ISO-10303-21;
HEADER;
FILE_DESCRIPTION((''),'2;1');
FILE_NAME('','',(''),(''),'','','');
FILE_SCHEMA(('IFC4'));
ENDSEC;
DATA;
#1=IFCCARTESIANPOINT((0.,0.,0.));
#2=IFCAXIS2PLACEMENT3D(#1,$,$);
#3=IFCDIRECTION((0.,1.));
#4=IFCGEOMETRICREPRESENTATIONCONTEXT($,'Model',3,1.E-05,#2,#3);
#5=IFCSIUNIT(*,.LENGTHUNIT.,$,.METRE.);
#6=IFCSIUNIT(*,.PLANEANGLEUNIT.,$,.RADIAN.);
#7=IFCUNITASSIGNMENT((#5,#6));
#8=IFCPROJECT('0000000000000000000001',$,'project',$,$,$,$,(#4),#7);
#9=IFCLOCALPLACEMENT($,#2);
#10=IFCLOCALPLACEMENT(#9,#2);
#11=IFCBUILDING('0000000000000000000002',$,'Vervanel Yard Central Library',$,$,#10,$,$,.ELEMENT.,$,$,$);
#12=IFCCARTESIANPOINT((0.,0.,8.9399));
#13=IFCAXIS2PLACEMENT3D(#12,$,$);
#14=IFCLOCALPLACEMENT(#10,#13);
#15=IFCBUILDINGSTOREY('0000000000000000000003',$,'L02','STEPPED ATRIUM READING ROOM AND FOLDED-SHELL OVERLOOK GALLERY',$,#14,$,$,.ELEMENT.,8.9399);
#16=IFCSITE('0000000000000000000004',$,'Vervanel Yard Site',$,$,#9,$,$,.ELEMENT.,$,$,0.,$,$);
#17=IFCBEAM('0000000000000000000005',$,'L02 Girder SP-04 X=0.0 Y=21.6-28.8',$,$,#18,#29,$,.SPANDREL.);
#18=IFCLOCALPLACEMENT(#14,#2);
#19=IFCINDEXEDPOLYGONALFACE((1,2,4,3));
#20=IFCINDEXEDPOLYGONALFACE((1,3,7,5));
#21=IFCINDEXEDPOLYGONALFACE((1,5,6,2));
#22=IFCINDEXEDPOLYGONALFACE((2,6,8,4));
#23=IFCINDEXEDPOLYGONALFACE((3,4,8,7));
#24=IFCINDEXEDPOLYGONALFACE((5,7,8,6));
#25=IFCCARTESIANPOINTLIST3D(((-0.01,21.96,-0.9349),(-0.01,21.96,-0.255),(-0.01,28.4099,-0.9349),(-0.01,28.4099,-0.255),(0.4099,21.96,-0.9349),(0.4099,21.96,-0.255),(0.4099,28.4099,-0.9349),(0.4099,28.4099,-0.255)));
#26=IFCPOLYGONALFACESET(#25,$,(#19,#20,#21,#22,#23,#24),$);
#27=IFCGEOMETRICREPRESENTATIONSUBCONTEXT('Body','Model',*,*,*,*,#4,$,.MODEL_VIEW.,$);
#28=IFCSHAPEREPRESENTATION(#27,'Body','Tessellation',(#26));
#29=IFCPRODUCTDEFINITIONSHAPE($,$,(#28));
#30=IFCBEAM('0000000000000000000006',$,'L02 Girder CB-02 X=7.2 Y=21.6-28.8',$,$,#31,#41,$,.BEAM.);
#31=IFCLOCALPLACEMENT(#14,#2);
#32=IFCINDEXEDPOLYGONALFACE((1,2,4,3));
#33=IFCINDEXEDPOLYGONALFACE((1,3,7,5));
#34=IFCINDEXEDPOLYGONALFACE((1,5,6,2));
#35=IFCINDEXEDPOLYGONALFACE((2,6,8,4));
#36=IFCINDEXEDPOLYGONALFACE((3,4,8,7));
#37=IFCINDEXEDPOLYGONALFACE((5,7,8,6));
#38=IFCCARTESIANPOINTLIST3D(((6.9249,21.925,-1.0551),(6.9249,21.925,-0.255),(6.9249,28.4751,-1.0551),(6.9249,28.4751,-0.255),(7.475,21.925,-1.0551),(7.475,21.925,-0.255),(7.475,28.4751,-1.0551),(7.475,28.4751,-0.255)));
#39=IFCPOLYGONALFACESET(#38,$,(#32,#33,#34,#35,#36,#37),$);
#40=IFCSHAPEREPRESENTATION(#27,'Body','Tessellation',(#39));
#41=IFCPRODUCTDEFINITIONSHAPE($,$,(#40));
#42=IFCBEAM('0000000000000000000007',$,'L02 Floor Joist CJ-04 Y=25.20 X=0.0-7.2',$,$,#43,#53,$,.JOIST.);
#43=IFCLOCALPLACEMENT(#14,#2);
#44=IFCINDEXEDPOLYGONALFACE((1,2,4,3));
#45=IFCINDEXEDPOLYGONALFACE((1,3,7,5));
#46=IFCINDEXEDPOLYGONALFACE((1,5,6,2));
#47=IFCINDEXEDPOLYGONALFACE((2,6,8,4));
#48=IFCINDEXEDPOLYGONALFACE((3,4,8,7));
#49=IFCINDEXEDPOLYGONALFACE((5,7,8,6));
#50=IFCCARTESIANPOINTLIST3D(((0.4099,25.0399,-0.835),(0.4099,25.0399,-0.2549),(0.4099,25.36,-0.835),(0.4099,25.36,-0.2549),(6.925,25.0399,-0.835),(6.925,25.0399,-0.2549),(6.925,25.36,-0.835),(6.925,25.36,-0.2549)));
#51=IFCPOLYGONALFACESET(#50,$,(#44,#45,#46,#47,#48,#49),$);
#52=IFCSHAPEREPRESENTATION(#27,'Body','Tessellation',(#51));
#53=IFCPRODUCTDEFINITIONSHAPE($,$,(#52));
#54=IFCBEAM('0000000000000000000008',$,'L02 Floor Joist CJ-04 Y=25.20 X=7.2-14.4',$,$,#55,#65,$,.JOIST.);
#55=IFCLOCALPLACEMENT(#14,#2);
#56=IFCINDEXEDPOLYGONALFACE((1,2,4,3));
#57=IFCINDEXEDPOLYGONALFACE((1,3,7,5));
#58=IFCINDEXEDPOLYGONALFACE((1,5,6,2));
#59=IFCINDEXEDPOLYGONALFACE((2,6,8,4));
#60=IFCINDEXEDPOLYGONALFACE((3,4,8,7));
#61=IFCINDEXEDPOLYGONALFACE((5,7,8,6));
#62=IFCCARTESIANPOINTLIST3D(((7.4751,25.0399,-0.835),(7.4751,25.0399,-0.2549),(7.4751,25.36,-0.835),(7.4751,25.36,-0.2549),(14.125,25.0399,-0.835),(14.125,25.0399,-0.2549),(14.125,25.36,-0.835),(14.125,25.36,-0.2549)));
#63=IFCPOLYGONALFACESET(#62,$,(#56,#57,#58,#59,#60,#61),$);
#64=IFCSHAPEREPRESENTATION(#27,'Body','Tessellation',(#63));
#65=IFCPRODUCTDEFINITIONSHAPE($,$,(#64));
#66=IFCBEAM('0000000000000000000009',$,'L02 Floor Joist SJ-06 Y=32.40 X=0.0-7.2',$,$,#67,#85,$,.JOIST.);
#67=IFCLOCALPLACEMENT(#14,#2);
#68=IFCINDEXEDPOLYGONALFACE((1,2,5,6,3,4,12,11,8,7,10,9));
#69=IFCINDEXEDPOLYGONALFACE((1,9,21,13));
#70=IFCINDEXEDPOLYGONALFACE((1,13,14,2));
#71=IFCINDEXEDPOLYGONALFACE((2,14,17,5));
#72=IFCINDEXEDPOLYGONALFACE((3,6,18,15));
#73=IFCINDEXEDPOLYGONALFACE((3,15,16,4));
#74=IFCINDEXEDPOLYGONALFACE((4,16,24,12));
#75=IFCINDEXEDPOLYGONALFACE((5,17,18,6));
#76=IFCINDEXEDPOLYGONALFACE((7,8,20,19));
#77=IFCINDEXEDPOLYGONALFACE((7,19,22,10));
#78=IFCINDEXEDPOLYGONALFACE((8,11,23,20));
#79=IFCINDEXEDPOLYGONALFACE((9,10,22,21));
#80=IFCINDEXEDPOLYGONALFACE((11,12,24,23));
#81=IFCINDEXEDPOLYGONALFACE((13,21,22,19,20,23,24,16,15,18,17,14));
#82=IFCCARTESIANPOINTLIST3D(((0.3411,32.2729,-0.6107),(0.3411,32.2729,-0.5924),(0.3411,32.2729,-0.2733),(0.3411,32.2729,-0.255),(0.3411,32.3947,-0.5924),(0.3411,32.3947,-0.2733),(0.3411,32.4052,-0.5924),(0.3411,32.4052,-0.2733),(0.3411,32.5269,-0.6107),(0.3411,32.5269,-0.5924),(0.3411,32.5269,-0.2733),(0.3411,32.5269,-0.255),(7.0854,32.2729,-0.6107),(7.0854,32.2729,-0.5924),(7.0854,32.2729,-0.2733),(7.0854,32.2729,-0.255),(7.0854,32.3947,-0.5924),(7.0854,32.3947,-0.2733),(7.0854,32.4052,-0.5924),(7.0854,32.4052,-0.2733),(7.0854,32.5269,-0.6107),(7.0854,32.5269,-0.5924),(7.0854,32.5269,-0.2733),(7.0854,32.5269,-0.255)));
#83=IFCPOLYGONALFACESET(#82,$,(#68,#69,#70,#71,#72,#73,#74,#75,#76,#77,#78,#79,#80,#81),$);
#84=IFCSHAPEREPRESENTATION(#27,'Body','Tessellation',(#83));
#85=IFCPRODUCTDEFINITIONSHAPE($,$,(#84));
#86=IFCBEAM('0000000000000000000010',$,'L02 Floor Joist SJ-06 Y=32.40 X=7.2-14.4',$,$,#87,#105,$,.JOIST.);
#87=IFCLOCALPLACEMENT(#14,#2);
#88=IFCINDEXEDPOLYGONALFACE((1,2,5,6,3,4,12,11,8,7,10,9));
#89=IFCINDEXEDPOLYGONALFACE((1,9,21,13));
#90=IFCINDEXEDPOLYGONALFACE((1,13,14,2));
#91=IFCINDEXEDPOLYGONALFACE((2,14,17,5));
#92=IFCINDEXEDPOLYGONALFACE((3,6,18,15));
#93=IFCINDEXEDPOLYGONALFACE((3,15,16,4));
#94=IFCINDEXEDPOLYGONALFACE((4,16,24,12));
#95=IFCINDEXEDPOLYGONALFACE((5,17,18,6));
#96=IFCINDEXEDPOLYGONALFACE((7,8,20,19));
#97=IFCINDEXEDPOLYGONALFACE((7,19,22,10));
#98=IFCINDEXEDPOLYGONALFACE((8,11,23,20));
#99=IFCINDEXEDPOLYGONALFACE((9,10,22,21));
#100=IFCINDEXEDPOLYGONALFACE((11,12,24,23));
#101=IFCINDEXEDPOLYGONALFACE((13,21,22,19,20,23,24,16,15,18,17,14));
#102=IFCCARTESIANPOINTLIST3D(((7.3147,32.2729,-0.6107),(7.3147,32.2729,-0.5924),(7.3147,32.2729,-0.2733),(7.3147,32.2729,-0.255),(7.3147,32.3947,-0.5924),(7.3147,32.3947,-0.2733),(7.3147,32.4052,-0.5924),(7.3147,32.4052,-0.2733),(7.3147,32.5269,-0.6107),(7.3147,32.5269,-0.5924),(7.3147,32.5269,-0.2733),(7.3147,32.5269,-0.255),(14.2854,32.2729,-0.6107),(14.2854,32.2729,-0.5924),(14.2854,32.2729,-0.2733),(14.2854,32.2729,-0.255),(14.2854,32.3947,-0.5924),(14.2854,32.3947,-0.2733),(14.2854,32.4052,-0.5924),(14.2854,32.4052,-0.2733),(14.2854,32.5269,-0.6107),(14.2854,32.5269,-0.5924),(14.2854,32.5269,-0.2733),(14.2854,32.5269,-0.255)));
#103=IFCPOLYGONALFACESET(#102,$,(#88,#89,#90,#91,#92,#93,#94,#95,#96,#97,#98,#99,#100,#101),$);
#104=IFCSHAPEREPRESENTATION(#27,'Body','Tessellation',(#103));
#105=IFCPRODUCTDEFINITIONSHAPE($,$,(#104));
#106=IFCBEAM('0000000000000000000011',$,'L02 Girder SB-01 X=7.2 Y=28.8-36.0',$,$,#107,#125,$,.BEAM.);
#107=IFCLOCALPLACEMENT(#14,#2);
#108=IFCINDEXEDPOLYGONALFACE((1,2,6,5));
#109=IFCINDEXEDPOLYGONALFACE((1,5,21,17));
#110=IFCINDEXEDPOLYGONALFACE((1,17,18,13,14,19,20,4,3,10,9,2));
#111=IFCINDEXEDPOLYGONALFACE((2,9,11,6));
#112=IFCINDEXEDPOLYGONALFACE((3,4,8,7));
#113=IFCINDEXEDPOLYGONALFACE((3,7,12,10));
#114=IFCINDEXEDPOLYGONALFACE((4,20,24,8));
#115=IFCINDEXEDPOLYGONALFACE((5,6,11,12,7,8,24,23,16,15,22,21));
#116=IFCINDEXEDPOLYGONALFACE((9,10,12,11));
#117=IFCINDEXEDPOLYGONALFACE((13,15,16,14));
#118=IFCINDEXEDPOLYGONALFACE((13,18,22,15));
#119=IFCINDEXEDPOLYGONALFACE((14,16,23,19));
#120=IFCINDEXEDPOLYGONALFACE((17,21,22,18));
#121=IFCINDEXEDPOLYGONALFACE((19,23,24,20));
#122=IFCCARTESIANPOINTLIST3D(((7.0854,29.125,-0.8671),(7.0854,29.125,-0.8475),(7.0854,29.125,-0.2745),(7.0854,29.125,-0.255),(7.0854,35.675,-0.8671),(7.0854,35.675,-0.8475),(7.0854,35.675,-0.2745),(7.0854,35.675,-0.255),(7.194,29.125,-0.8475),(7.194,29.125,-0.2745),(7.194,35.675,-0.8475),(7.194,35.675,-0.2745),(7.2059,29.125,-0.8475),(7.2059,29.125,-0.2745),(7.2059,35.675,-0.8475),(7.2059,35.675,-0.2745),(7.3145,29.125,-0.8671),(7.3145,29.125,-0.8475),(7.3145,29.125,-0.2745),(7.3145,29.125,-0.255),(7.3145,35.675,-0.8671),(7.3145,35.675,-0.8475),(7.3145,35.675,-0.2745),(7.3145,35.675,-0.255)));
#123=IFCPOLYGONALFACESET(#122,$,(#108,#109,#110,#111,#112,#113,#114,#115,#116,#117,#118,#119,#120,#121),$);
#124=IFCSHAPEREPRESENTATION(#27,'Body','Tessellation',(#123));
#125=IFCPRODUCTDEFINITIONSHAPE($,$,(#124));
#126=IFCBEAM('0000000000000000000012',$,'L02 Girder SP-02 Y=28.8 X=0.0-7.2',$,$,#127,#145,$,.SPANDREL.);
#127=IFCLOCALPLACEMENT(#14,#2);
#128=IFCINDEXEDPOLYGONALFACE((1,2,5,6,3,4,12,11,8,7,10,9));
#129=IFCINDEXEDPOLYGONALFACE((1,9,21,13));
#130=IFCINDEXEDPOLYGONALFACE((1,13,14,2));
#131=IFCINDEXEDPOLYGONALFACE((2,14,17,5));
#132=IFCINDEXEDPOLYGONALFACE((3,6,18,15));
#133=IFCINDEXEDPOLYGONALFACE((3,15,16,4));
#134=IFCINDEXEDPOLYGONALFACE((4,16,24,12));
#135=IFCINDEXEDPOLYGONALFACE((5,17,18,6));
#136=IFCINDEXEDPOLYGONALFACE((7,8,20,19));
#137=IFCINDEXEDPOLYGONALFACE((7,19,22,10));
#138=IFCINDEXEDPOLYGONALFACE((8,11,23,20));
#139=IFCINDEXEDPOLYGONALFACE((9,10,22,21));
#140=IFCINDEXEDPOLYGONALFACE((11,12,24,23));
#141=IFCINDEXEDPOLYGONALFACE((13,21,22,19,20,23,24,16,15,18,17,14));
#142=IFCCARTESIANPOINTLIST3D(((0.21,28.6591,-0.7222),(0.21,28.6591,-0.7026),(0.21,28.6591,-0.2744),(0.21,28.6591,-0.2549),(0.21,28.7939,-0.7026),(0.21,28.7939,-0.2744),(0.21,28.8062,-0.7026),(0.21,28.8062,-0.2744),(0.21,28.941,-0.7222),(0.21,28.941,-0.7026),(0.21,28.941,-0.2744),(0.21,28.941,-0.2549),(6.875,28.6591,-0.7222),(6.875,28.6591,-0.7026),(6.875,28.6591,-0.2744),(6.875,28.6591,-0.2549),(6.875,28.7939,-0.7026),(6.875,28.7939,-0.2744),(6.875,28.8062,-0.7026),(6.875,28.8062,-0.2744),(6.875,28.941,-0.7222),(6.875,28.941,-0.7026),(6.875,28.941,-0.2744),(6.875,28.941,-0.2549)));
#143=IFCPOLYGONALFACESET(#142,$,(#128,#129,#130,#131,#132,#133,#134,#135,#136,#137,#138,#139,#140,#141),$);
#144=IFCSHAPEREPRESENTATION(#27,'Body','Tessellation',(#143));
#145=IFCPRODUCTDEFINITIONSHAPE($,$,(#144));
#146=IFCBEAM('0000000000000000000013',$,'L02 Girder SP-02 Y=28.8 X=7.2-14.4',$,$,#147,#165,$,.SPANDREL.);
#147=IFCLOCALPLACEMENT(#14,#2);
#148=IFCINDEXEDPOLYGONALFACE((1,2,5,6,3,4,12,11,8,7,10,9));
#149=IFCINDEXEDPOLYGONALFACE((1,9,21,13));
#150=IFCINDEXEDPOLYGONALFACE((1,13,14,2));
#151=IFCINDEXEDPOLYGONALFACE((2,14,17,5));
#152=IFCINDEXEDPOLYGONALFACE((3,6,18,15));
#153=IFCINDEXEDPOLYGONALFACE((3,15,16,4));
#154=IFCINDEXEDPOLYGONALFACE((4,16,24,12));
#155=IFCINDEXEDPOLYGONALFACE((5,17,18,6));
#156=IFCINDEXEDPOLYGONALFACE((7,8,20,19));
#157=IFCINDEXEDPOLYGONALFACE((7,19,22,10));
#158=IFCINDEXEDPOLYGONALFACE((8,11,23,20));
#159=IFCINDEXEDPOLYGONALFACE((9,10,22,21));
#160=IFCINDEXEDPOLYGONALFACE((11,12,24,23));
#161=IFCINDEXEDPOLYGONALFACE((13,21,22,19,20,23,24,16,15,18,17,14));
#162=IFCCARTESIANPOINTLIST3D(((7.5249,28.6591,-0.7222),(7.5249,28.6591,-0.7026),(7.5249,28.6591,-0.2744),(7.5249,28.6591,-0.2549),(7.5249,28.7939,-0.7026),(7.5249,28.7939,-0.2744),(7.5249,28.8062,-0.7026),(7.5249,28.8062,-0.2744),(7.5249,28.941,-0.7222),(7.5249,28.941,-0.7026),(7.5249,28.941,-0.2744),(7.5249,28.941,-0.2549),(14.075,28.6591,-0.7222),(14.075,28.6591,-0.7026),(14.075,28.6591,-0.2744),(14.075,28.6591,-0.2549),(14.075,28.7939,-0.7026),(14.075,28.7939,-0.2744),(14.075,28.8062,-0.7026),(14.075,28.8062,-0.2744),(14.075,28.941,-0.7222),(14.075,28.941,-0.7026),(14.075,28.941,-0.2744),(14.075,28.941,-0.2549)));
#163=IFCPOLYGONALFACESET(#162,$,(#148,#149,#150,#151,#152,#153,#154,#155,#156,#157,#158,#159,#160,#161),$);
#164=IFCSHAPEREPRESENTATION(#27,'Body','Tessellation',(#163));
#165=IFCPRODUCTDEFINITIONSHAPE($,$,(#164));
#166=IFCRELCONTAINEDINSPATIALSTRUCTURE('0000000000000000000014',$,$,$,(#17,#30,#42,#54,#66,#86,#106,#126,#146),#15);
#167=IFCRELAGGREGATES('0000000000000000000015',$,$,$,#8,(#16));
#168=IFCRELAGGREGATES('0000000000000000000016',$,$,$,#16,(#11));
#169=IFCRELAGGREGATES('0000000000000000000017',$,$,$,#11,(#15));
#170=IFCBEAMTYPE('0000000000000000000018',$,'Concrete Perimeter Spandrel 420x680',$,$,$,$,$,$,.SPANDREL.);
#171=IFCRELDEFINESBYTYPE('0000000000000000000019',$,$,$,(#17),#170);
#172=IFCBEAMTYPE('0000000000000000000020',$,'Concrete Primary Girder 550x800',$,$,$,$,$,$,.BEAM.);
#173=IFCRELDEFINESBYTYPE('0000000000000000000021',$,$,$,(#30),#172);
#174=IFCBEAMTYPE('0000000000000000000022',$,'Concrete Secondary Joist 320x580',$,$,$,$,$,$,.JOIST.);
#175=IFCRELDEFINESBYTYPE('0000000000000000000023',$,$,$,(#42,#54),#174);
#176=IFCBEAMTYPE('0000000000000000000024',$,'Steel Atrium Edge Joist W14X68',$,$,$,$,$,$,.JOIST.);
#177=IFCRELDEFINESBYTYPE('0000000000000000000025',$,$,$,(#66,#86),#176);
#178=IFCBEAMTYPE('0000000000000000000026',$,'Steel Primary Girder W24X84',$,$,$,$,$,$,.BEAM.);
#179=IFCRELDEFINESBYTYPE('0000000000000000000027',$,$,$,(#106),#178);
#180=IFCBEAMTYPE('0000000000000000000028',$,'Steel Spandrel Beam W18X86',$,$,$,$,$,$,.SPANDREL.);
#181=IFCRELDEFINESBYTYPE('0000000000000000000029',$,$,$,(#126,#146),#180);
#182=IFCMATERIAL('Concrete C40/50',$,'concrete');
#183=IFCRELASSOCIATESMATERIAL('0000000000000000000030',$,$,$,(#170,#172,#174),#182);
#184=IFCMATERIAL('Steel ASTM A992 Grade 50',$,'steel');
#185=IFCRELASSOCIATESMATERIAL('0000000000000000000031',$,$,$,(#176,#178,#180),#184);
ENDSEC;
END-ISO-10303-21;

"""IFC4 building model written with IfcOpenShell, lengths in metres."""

from ifc_helpers import new_model, si_unit, direction, frame, origin, origin_2d, place, context, subcontext, project, spatial, rectangle, i_section, extrude, material, material_profile, profile_set, type_object, element, save


model = new_model("IFC4")

# Units and contexts
model_context = context("Model", 3, precision=1e-05, world=origin(), true_north=direction((0.0, 1.0)))
body_context = subcontext(model_context, "Body", "Model", "MODEL_VIEW")
ifc_project = project(units=[si_unit("LENGTHUNIT", "METRE"), si_unit("PLANEANGLEUNIT", "RADIAN")], contexts=[model_context])

# Site, building, storey
site_placement = place(None, origin())
site = spatial("IfcSite", under=ifc_project, at=site_placement, Name="Vervanel Yard Site", CompositionType="ELEMENT", RefElevation=0.0)
building_placement = place(site_placement, origin())
building = spatial("IfcBuilding", under=site, at=building_placement, Name="Vervanel Yard Central Library", CompositionType="ELEMENT")
storey_placement = place(building_placement, frame((0.0, 0.0, 8.9399)))
storey = spatial("IfcBuildingStorey", under=building, at=storey_placement, Name="L02", Description="STEPPED ATRIUM READING ROOM AND FOLDED-SHELL OVERLOOK GALLERY", CompositionType="ELEMENT", Elevation=8.9399)

# Beams
ifc_material_1 = material(Name="Concrete C40/50", Category="concrete")
ifc_material_profile_1 = material_profile(ifc_material_1, rectangle(XDim=0.4199, YDim=0.6799, at=origin_2d()), Name="RC 420x680", Category="concrete")
ifc_profile_set_1 = profile_set([ifc_material_profile_1], Name="Concrete C40/50")
beam_type_1 = type_object("IfcBeamType", Name="Concrete Perimeter Spandrel 420x680", PredefinedType="SPANDREL", material=ifc_profile_set_1)
beam_1_placement = place(storey_placement, frame((0.2, 21.96, -0.595), z_axis=(0.0, 1.0, 0.0), x_axis=(-1.0, 0.0, 0.0)))
element("IfcBeam", 1, at=beam_1_placement, inside=storey, type_object=beam_type_1, Name="L02 Girder SP-04 X=0.0 Y=21.6-28.8", PredefinedType="SPANDREL", context=body_context, shape_type="SweptSolid", body=[
    extrude(rectangle(XDim=0.4199, YDim=0.6799, at=origin_2d()), origin(), (0.0, 0.0, 1.0), 6.45),
])
ifc_material_profile_2 = material_profile(ifc_material_1, rectangle(XDim=0.55, YDim=0.8, at=origin_2d()), Name="RC 550x800", Category="concrete")
ifc_profile_set_2 = profile_set([ifc_material_profile_2], Name="Concrete C40/50")
beam_type_2 = type_object("IfcBeamType", Name="Concrete Primary Girder 550x800", PredefinedType="BEAM", material=ifc_profile_set_2)
beam_2_placement = place(storey_placement, frame((7.2, 21.925, -0.655), z_axis=(0.0, 1.0, 0.0), x_axis=(-1.0, 0.0, 0.0)))
element("IfcBeam", 2, at=beam_2_placement, inside=storey, type_object=beam_type_2, Name="L02 Girder CB-02 X=7.2 Y=21.6-28.8", PredefinedType="BEAM", context=body_context, shape_type="SweptSolid", body=[
    extrude(rectangle(XDim=0.55, YDim=0.8, at=origin_2d()), origin(), (0.0, 0.0, 1.0), 6.55),
])
ifc_material_profile_3 = material_profile(ifc_material_1, rectangle(XDim=0.3201, YDim=0.5801, at=origin_2d()), Name="RC 320x580", Category="concrete")
ifc_profile_set_3 = profile_set([ifc_material_profile_3], Name="Concrete C40/50")
beam_type_3 = type_object("IfcBeamType", Name="Concrete Secondary Joist 320x580", PredefinedType="JOIST", material=ifc_profile_set_3)
beam_3_placement = place(storey_placement, frame((0.4099, 25.2, -0.5449), z_axis=(1.0, 0.0, 0.0), x_axis=(0.0, 1.0, 0.0)))
element("IfcBeam", 3, at=beam_3_placement, inside=storey, type_object=beam_type_3, Name="L02 Floor Joist CJ-04 Y=25.20 X=0.0-7.2", PredefinedType="JOIST", context=body_context, shape_type="SweptSolid", body=[
    extrude(rectangle(XDim=0.3201, YDim=0.5801, at=origin_2d()), origin(), (0.0, 0.0, 1.0), 6.5151),
])
beam_4_placement = place(storey_placement, frame((7.4751, 25.2, -0.5449), z_axis=(1.0, 0.0, 0.0), x_axis=(0.0, 1.0, 0.0)))
element("IfcBeam", 4, at=beam_4_placement, inside=storey, type_object=beam_type_3, Name="L02 Floor Joist CJ-04 Y=25.20 X=7.2-14.4", PredefinedType="JOIST", context=body_context, shape_type="SweptSolid", body=[
    extrude(rectangle(XDim=0.3201, YDim=0.5801, at=origin_2d()), origin(), (0.0, 0.0, 1.0), 6.6499),
])
ifc_material_2 = material(Name="Steel ASTM A992 Grade 50", Category="steel")
ifc_material_profile_4 = material_profile(ifc_material_2, i_section(OverallWidth=0.2539, OverallDepth=0.3557, WebThickness=0.0105, FlangeThickness=0.0183, at=origin_2d()), Name="W14X68", Category="steel")
ifc_profile_set_4 = profile_set([ifc_material_profile_4], Name="Steel ASTM A992 Grade 50")
beam_type_4 = type_object("IfcBeamType", Name="Steel Atrium Edge Joist W14X68", PredefinedType="JOIST", material=ifc_profile_set_4)
beam_5_placement = place(storey_placement, frame((0.3411, 32.3999, -0.4329), z_axis=(1.0, 0.0, 0.0), x_axis=(0.0, 1.0, 0.0)))
element("IfcBeam", 5, at=beam_5_placement, inside=storey, type_object=beam_type_4, Name="L02 Floor Joist SJ-06 Y=32.40 X=0.0-7.2", PredefinedType="JOIST", context=body_context, shape_type="SweptSolid", body=[
    extrude(i_section(OverallWidth=0.2539, OverallDepth=0.3557, WebThickness=0.0105, FlangeThickness=0.0183, at=origin_2d()), origin(), (0.0, 0.0, 1.0), 6.7444),
])
beam_6_placement = place(storey_placement, frame((7.3147, 32.3999, -0.4329), z_axis=(1.0, 0.0, 0.0), x_axis=(0.0, 1.0, 0.0)))
element("IfcBeam", 6, at=beam_6_placement, inside=storey, type_object=beam_type_4, Name="L02 Floor Joist SJ-06 Y=32.40 X=7.2-14.4", PredefinedType="JOIST", context=body_context, shape_type="SweptSolid", body=[
    extrude(i_section(OverallWidth=0.2539, OverallDepth=0.3557, WebThickness=0.0105, FlangeThickness=0.0183, at=origin_2d()), origin(), (0.0, 0.0, 1.0), 6.9707),
])
ifc_material_profile_5 = material_profile(ifc_material_2, i_section(OverallWidth=0.229, OverallDepth=0.6121, WebThickness=0.012, FlangeThickness=0.0195, at=origin_2d()), Name="W24X84", Category="steel")
ifc_profile_set_5 = profile_set([ifc_material_profile_5], Name="Steel ASTM A992 Grade 50")
beam_type_5 = type_object("IfcBeamType", Name="Steel Primary Girder W24X84", PredefinedType="BEAM", material=ifc_profile_set_5)
beam_7_placement = place(storey_placement, frame((7.2, 29.125, -0.561), z_axis=(0.0, 1.0, 0.0), x_axis=(-1.0, 0.0, 0.0)))
element("IfcBeam", 7, at=beam_7_placement, inside=storey, type_object=beam_type_5, Name="L02 Girder SB-01 X=7.2 Y=28.8-36.0", PredefinedType="BEAM", context=body_context, shape_type="SweptSolid", body=[
    extrude(i_section(OverallWidth=0.229, OverallDepth=0.6121, WebThickness=0.012, FlangeThickness=0.0195, at=origin_2d()), origin(), (0.0, 0.0, 1.0), 6.55),
])
ifc_material_profile_6 = material_profile(ifc_material_2, i_section(OverallWidth=0.282, OverallDepth=0.4673, WebThickness=0.0122, FlangeThickness=0.0195, at=origin_2d()), Name="W18X86", Category="steel")
ifc_profile_set_6 = profile_set([ifc_material_profile_6], Name="Steel ASTM A992 Grade 50")
beam_type_6 = type_object("IfcBeamType", Name="Steel Spandrel Beam W18X86", PredefinedType="SPANDREL", material=ifc_profile_set_6)
beam_8_placement = place(storey_placement, frame((0.21, 28.8, -0.4885), z_axis=(1.0, 0.0, 0.0), x_axis=(0.0, 1.0, 0.0)))
element("IfcBeam", 8, at=beam_8_placement, inside=storey, type_object=beam_type_6, Name="L02 Girder SP-02 Y=28.8 X=0.0-7.2", PredefinedType="SPANDREL", context=body_context, shape_type="SweptSolid", body=[
    extrude(i_section(OverallWidth=0.282, OverallDepth=0.4673, WebThickness=0.0122, FlangeThickness=0.0195, at=origin_2d()), origin(), (0.0, 0.0, 1.0), 6.665),
])
beam_9_placement = place(storey_placement, frame((7.5249, 28.8, -0.4885), z_axis=(1.0, 0.0, 0.0), x_axis=(0.0, 1.0, 0.0)))
element("IfcBeam", 9, at=beam_9_placement, inside=storey, type_object=beam_type_6, Name="L02 Girder SP-02 Y=28.8 X=7.2-14.4", PredefinedType="SPANDREL", context=body_context, shape_type="SweptSolid", body=[
    extrude(i_section(OverallWidth=0.282, OverallDepth=0.4673, WebThickness=0.0122, FlangeThickness=0.0195, at=origin_2d()), origin(), (0.0, 0.0, 1.0), 6.55),
])

save(model, "model.ifc")
